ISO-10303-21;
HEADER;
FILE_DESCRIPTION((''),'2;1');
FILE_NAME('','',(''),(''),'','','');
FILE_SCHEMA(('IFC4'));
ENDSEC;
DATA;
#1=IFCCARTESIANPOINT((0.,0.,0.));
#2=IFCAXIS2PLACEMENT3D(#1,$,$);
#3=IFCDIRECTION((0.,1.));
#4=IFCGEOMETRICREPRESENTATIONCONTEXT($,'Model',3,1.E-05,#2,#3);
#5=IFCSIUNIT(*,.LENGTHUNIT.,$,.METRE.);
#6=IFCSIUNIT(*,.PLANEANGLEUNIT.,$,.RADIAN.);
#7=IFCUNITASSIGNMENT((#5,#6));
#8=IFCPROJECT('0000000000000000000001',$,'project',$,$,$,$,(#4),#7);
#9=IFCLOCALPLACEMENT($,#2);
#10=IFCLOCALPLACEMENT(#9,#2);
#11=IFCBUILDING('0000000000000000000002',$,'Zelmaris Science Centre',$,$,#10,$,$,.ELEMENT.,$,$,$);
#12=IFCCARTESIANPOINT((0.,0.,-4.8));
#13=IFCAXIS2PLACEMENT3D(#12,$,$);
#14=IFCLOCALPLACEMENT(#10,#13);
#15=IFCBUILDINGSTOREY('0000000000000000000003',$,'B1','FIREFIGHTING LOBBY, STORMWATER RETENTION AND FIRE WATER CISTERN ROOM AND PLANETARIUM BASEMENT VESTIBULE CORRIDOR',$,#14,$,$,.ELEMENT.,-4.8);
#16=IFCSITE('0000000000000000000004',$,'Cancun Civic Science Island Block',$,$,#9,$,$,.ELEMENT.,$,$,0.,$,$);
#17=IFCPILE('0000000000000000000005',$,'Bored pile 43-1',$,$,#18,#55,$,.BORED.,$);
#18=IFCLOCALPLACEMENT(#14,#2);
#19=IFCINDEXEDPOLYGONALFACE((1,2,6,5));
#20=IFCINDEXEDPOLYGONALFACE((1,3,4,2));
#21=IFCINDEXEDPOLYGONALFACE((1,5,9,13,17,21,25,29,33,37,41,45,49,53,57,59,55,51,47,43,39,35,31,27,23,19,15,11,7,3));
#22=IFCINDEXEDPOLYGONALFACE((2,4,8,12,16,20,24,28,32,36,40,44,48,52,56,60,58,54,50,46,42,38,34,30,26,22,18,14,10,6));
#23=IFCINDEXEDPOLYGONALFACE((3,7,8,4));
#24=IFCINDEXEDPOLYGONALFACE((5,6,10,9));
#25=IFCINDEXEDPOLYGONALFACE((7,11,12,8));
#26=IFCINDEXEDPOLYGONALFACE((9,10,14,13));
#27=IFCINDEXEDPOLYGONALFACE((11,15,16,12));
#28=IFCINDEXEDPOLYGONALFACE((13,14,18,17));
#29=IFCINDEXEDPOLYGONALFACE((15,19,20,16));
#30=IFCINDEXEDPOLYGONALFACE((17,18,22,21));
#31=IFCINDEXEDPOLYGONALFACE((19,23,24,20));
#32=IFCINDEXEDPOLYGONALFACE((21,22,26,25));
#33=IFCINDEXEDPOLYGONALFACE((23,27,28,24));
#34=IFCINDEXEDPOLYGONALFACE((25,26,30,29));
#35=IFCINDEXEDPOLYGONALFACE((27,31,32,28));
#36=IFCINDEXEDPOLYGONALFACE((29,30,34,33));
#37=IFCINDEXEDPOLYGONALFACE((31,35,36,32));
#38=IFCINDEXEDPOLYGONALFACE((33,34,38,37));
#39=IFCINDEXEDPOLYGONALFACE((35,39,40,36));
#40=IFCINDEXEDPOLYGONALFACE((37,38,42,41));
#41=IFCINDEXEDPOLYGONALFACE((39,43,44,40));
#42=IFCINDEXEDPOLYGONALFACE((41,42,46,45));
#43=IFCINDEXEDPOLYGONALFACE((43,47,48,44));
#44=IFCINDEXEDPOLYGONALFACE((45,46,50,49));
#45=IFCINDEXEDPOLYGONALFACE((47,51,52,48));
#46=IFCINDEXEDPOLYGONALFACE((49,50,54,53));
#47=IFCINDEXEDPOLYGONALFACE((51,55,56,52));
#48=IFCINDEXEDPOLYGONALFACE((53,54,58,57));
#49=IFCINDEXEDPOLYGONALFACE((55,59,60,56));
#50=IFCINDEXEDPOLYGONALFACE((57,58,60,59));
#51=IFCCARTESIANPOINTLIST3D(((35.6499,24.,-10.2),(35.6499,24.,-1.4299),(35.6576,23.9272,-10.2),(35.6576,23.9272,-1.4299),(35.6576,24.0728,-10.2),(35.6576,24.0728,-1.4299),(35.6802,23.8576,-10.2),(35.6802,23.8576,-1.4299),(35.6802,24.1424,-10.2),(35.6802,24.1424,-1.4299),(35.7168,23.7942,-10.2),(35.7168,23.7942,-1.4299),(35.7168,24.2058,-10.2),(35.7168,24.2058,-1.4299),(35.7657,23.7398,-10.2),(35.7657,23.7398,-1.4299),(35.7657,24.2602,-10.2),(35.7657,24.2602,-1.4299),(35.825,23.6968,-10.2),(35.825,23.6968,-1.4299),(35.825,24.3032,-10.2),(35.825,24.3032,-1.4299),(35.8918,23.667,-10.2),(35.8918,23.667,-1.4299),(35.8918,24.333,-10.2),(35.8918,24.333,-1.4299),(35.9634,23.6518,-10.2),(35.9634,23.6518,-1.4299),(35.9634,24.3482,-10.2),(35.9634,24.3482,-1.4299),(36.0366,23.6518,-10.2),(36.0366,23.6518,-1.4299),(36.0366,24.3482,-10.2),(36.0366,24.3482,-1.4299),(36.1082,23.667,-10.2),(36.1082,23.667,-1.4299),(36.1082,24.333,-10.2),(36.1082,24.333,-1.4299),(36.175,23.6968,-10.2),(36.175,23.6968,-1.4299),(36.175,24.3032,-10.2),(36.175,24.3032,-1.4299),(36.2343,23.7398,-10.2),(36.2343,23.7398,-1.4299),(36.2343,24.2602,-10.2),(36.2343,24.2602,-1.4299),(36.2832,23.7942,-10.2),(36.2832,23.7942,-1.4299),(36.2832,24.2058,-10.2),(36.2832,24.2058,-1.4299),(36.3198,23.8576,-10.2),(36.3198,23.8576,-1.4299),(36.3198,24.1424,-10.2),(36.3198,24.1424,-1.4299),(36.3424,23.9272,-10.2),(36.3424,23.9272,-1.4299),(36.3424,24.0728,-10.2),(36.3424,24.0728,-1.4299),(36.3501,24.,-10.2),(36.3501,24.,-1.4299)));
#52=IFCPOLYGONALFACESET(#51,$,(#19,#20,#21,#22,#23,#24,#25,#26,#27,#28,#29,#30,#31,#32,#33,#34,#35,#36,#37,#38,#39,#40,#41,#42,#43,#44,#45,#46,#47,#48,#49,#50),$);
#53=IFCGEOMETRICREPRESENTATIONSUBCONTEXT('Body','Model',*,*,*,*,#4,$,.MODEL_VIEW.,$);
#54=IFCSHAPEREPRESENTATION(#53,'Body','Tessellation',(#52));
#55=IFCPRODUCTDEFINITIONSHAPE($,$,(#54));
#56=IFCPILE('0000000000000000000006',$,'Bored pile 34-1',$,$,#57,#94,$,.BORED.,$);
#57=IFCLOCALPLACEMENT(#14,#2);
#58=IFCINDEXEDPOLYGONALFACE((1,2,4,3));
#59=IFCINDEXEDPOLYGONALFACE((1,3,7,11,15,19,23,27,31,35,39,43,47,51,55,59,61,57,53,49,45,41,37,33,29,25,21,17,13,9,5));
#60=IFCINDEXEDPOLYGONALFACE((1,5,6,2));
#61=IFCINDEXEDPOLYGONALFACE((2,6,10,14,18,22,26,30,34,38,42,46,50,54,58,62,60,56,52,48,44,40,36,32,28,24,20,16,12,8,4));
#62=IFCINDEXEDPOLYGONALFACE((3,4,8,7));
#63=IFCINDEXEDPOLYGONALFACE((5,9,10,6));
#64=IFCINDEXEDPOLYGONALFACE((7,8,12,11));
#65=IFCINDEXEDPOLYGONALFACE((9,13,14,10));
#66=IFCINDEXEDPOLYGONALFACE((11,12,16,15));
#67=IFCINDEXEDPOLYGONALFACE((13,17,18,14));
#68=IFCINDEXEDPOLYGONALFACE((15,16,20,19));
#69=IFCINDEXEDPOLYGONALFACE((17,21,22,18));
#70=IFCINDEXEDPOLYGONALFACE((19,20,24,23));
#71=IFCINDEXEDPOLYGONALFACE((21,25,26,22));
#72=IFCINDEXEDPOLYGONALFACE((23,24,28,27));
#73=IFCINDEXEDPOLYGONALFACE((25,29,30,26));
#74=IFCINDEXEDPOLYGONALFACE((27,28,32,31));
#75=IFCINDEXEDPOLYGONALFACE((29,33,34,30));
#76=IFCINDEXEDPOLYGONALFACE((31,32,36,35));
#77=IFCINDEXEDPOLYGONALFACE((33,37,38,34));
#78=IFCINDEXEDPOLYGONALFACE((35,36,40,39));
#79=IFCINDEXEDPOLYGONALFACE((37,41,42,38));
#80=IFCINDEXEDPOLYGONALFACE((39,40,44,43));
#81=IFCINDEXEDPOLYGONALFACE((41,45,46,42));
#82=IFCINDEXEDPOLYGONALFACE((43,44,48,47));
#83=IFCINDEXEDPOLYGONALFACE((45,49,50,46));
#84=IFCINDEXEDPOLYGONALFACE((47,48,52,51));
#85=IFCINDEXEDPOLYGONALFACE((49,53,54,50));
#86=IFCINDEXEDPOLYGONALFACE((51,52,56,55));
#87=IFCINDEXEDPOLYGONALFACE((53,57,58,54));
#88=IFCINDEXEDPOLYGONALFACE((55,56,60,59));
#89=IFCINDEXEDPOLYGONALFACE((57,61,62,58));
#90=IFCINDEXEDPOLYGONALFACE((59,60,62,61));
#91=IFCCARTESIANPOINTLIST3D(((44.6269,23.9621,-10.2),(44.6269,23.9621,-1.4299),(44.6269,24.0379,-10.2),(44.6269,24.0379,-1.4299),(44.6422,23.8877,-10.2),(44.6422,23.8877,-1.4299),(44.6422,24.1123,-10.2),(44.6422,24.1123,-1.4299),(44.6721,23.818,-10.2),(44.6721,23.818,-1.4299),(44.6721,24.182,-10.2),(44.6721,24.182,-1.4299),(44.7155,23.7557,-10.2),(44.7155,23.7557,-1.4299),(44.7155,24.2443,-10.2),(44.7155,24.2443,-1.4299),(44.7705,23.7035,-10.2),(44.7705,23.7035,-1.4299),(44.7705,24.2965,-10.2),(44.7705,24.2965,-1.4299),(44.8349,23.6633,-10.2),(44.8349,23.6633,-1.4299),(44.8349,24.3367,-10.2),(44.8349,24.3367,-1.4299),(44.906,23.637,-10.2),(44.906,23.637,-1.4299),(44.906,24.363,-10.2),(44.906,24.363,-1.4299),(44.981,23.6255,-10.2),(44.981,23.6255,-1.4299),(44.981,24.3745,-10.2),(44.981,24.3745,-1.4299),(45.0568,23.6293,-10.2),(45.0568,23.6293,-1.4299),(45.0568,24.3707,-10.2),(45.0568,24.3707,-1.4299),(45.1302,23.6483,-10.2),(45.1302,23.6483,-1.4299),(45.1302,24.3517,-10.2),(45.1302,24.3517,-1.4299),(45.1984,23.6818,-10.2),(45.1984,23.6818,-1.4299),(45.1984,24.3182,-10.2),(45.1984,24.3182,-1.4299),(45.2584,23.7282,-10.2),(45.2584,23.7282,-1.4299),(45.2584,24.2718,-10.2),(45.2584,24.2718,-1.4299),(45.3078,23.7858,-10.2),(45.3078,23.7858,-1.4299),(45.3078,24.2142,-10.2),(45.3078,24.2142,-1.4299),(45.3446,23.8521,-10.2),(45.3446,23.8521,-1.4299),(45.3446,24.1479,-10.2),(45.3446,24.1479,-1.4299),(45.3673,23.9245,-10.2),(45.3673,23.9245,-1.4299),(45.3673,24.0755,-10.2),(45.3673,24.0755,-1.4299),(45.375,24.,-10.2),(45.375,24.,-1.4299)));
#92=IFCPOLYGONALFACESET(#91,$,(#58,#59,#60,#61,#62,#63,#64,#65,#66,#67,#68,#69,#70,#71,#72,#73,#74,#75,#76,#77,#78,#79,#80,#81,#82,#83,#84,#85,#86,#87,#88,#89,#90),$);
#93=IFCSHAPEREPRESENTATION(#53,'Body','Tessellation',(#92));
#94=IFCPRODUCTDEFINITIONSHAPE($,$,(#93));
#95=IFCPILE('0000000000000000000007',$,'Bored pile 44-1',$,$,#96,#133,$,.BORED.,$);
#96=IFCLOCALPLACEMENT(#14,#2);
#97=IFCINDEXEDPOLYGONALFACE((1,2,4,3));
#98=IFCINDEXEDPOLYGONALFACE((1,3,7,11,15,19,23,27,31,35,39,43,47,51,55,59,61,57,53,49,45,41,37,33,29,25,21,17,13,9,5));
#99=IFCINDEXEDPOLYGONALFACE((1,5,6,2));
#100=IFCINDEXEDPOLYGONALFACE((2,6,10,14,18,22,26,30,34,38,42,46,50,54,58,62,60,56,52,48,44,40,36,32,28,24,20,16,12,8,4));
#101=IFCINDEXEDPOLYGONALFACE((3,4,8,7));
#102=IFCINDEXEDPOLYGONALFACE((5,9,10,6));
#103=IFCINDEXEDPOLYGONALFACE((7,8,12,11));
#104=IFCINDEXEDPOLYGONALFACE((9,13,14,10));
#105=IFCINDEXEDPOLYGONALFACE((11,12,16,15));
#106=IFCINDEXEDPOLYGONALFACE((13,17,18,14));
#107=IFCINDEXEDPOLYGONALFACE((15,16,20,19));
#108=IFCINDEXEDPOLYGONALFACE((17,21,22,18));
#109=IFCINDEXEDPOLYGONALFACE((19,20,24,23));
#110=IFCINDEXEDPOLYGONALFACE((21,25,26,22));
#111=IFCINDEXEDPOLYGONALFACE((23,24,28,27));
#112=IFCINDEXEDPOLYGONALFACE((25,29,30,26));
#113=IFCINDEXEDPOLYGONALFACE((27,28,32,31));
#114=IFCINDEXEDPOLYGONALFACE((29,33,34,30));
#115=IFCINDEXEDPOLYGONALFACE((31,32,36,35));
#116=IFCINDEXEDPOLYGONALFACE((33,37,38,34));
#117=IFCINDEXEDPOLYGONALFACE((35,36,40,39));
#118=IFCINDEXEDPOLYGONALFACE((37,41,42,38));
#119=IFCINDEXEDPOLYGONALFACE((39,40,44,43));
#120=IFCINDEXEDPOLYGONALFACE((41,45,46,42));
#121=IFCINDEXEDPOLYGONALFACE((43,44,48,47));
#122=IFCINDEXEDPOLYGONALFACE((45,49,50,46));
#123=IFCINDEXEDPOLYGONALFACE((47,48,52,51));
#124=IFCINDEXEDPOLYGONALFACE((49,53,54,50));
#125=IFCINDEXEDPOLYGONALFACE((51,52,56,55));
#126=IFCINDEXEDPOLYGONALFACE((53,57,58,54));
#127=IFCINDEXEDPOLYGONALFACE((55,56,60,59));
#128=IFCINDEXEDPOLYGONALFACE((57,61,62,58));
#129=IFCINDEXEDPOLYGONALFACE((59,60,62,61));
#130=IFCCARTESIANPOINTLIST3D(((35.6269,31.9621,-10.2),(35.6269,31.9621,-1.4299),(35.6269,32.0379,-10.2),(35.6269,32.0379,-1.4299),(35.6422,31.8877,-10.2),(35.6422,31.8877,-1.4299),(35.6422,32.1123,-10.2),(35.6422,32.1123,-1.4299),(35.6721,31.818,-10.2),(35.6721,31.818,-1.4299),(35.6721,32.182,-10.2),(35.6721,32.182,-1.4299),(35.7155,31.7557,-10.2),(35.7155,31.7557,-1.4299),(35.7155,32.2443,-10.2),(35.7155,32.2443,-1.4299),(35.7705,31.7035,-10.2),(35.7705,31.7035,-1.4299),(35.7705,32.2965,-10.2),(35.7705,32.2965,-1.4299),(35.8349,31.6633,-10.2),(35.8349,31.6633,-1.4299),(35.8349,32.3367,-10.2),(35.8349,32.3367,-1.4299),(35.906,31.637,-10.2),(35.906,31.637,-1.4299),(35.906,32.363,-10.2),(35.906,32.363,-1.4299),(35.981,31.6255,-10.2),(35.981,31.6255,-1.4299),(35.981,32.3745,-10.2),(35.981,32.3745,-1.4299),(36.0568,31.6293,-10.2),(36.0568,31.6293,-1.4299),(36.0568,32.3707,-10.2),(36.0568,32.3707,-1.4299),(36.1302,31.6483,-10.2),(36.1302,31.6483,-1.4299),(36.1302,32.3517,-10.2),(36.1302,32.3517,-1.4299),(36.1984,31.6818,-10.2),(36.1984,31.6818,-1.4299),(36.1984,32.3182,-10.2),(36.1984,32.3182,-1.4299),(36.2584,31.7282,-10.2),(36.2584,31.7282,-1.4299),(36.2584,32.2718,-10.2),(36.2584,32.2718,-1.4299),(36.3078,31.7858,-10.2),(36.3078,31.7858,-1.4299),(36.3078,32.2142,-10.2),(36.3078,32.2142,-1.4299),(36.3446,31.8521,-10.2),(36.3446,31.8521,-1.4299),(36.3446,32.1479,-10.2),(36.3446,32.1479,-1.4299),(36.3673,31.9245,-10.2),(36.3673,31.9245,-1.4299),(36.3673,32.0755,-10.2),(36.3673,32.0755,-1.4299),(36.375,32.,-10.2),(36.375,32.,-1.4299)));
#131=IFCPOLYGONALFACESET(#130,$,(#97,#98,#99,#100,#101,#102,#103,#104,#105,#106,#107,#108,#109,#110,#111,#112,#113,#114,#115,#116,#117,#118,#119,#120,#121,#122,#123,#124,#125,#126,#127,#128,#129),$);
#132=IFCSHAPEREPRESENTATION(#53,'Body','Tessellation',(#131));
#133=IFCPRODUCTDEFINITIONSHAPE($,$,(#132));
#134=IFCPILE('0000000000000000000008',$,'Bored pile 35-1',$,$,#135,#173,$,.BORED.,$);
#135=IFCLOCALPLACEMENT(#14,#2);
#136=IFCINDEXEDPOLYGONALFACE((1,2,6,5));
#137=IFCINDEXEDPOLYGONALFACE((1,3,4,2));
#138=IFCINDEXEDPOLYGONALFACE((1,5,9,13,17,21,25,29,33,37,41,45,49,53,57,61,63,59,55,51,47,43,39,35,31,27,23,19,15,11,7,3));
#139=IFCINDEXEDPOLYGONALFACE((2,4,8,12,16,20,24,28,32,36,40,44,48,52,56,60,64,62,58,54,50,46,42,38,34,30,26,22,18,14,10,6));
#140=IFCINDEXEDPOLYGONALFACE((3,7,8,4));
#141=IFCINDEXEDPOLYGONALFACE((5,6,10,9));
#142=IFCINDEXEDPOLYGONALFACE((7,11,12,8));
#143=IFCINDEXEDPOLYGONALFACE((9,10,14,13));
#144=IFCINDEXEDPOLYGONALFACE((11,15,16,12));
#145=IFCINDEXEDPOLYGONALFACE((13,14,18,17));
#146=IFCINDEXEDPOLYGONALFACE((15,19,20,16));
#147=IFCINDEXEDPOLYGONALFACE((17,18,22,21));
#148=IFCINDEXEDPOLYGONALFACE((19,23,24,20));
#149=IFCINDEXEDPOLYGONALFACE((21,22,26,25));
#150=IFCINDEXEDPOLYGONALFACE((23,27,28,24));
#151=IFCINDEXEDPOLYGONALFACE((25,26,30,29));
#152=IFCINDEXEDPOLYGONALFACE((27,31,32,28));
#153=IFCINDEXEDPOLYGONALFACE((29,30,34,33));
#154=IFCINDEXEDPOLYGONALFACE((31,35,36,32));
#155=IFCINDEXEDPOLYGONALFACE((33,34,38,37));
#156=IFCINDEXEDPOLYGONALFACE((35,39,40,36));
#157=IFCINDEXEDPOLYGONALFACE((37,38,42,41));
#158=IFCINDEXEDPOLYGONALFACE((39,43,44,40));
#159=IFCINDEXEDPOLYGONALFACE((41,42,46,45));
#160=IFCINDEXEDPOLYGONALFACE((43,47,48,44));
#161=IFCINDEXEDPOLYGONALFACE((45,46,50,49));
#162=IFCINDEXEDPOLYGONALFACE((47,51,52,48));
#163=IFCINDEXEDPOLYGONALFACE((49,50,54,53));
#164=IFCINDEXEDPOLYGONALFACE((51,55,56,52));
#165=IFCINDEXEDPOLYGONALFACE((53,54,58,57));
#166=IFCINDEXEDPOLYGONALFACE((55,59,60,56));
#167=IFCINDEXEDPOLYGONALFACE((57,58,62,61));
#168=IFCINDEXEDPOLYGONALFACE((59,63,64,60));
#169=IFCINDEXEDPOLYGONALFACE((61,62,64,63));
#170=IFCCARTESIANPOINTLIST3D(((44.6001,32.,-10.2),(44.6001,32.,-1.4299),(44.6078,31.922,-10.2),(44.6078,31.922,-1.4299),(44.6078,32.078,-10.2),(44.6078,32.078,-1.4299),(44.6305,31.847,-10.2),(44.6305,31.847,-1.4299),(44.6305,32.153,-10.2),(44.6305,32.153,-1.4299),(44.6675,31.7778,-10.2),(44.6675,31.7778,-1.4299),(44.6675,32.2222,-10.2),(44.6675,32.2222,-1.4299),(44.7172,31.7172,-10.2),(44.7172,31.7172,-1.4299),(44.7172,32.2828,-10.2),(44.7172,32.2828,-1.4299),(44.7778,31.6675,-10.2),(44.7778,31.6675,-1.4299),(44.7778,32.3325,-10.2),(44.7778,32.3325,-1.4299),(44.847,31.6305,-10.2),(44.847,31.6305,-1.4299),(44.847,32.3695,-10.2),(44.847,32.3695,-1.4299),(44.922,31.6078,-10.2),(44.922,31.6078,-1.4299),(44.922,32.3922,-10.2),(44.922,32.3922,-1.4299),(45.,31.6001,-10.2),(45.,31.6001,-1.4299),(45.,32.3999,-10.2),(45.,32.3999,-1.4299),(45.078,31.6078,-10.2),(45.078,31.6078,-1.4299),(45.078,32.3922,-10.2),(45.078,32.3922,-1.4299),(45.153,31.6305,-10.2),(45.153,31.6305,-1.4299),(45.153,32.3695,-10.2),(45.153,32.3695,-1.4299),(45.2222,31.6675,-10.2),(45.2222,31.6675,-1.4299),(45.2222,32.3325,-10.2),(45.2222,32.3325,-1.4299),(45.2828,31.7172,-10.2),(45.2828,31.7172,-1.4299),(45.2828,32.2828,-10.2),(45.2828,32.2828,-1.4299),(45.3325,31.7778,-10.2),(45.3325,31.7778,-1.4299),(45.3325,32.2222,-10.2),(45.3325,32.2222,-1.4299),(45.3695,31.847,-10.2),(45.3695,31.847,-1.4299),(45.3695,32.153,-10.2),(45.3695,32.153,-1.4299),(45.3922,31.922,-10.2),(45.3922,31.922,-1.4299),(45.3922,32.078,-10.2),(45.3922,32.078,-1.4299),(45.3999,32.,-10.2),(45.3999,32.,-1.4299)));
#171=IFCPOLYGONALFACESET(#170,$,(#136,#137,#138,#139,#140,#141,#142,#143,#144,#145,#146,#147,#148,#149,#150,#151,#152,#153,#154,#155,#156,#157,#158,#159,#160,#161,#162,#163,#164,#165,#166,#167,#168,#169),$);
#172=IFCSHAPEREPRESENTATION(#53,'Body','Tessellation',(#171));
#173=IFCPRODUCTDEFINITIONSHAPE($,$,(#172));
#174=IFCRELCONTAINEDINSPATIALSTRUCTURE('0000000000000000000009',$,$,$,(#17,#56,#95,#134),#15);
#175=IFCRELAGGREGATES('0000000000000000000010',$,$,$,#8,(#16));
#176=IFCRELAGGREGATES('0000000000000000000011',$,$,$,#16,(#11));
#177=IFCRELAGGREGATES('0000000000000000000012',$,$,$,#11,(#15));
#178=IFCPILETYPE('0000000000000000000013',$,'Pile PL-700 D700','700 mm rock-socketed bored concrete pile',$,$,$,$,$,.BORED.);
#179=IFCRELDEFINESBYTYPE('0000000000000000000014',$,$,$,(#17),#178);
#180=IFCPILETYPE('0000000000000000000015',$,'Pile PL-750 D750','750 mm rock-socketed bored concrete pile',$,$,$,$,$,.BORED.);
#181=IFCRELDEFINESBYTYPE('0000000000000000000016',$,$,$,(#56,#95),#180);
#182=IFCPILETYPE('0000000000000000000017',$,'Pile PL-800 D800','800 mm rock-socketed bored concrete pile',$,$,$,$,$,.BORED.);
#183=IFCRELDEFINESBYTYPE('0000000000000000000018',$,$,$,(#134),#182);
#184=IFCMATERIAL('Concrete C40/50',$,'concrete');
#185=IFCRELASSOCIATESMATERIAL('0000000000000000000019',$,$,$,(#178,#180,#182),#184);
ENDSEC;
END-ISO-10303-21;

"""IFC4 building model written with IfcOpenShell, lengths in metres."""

from ifc_helpers import new_model, si_unit, direction, frame, origin, origin_2d, place, context, subcontext, project, spatial, circle, extrude, material, material_profile, profile_set, type_object, element, save


model = new_model("IFC4")

# Units and contexts
model_context = context("Model", 3, precision=1e-05, world=origin(), true_north=direction((0.0, 1.0)))
body_context = subcontext(model_context, "Body", "Model", "MODEL_VIEW")
ifc_project = project(units=[si_unit("LENGTHUNIT", "METRE"), si_unit("PLANEANGLEUNIT", "RADIAN")], contexts=[model_context])

# Site, building, storey
site_placement = place(None, origin())
site = spatial("IfcSite", under=ifc_project, at=site_placement, Name="Cancun Civic Science Island Block", CompositionType="ELEMENT", RefElevation=0.0)
building_placement = place(site_placement, origin())
building = spatial("IfcBuilding", under=site, at=building_placement, Name="Zelmaris Science Centre", CompositionType="ELEMENT")
storey_placement = place(building_placement, frame((0.0, 0.0, -4.8)))
storey = spatial("IfcBuildingStorey", under=building, at=storey_placement, Name="B1", Description="FIREFIGHTING LOBBY, STORMWATER RETENTION AND FIRE WATER CISTERN ROOM AND PLANETARIUM BASEMENT VESTIBULE CORRIDOR", CompositionType="ELEMENT", Elevation=-4.8)

# Shared definitions
ifc_material_1 = material(Name="Concrete C40/50", Category="concrete")

# Piles
ifc_material_profile_1 = material_profile(ifc_material_1, circle(Radius=0.3501, at=origin_2d()), Name="PILE-700")
ifc_profile_set_1 = profile_set([ifc_material_profile_1], Name="Concrete C40/50")
pile_type_1 = type_object("IfcPileType", Name="Pile PL-700 D700", Description="700 mm rock-socketed bored concrete pile", PredefinedType="BORED", material=ifc_profile_set_1)
for number, where, z_axis, x_axis, name in (
    (1, (36.0, 24.0, -1.4299), (0.0, 0.0, -1.0), (1.0, 0.0, 0.0), "Bored pile 43-1"),
):
    element("IfcPile", number, at=place(storey_placement, frame(where, z_axis=z_axis, x_axis=x_axis)), inside=storey, type_object=pile_type_1, Name=name, PredefinedType="BORED", context=body_context, shape_type="SweptSolid", body=[
        extrude(circle(Radius=0.3501, at=origin_2d()), origin(), (0.0, 0.0, 1.0), 8.77),
    ])
ifc_material_profile_2 = material_profile(ifc_material_1, circle(Radius=0.375, at=origin_2d()), Name="PILE-750")
ifc_profile_set_2 = profile_set([ifc_material_profile_2], Name="Concrete C40/50")
pile_type_2 = type_object("IfcPileType", Name="Pile PL-750 D750", Description="750 mm rock-socketed bored concrete pile", PredefinedType="BORED", material=ifc_profile_set_2)
for number, where, z_axis, x_axis, name in (
    (2, (45.0, 24.0, -1.4299), (0.0, 0.0, -1.0), (1.0, 0.0, 0.0), "Bored pile 34-1"),
    (3, (36.0, 32.0, -1.4299), (0.0, 0.0, -1.0), (1.0, 0.0, 0.0), "Bored pile 44-1"),
):
    element("IfcPile", number, at=place(storey_placement, frame(where, z_axis=z_axis, x_axis=x_axis)), inside=storey, type_object=pile_type_2, Name=name, PredefinedType="BORED", context=body_context, shape_type="SweptSolid", body=[
        extrude(circle(Radius=0.375, at=origin_2d()), origin(), (0.0, 0.0, 1.0), 8.77),
    ])
ifc_material_profile_3 = material_profile(ifc_material_1, circle(Radius=0.3999, at=origin_2d()), Name="PILE-800")
ifc_profile_set_3 = profile_set([ifc_material_profile_3], Name="Concrete C40/50")
pile_type_3 = type_object("IfcPileType", Name="Pile PL-800 D800", Description="800 mm rock-socketed bored concrete pile", PredefinedType="BORED", material=ifc_profile_set_3)
pile_1_placement = place(storey_placement, frame((45.0, 32.0, -1.4299), z_axis=(0.0, 0.0, -1.0), x_axis=(1.0, 0.0, 0.0)))
element("IfcPile", 4, at=pile_1_placement, inside=storey, type_object=pile_type_3, Name="Bored pile 35-1", PredefinedType="BORED", context=body_context, shape_type="SweptSolid", body=[
    extrude(circle(Radius=0.3999, at=origin_2d()), origin(), (0.0, 0.0, 1.0), 8.77),
])

save(model, "model.ifc")
